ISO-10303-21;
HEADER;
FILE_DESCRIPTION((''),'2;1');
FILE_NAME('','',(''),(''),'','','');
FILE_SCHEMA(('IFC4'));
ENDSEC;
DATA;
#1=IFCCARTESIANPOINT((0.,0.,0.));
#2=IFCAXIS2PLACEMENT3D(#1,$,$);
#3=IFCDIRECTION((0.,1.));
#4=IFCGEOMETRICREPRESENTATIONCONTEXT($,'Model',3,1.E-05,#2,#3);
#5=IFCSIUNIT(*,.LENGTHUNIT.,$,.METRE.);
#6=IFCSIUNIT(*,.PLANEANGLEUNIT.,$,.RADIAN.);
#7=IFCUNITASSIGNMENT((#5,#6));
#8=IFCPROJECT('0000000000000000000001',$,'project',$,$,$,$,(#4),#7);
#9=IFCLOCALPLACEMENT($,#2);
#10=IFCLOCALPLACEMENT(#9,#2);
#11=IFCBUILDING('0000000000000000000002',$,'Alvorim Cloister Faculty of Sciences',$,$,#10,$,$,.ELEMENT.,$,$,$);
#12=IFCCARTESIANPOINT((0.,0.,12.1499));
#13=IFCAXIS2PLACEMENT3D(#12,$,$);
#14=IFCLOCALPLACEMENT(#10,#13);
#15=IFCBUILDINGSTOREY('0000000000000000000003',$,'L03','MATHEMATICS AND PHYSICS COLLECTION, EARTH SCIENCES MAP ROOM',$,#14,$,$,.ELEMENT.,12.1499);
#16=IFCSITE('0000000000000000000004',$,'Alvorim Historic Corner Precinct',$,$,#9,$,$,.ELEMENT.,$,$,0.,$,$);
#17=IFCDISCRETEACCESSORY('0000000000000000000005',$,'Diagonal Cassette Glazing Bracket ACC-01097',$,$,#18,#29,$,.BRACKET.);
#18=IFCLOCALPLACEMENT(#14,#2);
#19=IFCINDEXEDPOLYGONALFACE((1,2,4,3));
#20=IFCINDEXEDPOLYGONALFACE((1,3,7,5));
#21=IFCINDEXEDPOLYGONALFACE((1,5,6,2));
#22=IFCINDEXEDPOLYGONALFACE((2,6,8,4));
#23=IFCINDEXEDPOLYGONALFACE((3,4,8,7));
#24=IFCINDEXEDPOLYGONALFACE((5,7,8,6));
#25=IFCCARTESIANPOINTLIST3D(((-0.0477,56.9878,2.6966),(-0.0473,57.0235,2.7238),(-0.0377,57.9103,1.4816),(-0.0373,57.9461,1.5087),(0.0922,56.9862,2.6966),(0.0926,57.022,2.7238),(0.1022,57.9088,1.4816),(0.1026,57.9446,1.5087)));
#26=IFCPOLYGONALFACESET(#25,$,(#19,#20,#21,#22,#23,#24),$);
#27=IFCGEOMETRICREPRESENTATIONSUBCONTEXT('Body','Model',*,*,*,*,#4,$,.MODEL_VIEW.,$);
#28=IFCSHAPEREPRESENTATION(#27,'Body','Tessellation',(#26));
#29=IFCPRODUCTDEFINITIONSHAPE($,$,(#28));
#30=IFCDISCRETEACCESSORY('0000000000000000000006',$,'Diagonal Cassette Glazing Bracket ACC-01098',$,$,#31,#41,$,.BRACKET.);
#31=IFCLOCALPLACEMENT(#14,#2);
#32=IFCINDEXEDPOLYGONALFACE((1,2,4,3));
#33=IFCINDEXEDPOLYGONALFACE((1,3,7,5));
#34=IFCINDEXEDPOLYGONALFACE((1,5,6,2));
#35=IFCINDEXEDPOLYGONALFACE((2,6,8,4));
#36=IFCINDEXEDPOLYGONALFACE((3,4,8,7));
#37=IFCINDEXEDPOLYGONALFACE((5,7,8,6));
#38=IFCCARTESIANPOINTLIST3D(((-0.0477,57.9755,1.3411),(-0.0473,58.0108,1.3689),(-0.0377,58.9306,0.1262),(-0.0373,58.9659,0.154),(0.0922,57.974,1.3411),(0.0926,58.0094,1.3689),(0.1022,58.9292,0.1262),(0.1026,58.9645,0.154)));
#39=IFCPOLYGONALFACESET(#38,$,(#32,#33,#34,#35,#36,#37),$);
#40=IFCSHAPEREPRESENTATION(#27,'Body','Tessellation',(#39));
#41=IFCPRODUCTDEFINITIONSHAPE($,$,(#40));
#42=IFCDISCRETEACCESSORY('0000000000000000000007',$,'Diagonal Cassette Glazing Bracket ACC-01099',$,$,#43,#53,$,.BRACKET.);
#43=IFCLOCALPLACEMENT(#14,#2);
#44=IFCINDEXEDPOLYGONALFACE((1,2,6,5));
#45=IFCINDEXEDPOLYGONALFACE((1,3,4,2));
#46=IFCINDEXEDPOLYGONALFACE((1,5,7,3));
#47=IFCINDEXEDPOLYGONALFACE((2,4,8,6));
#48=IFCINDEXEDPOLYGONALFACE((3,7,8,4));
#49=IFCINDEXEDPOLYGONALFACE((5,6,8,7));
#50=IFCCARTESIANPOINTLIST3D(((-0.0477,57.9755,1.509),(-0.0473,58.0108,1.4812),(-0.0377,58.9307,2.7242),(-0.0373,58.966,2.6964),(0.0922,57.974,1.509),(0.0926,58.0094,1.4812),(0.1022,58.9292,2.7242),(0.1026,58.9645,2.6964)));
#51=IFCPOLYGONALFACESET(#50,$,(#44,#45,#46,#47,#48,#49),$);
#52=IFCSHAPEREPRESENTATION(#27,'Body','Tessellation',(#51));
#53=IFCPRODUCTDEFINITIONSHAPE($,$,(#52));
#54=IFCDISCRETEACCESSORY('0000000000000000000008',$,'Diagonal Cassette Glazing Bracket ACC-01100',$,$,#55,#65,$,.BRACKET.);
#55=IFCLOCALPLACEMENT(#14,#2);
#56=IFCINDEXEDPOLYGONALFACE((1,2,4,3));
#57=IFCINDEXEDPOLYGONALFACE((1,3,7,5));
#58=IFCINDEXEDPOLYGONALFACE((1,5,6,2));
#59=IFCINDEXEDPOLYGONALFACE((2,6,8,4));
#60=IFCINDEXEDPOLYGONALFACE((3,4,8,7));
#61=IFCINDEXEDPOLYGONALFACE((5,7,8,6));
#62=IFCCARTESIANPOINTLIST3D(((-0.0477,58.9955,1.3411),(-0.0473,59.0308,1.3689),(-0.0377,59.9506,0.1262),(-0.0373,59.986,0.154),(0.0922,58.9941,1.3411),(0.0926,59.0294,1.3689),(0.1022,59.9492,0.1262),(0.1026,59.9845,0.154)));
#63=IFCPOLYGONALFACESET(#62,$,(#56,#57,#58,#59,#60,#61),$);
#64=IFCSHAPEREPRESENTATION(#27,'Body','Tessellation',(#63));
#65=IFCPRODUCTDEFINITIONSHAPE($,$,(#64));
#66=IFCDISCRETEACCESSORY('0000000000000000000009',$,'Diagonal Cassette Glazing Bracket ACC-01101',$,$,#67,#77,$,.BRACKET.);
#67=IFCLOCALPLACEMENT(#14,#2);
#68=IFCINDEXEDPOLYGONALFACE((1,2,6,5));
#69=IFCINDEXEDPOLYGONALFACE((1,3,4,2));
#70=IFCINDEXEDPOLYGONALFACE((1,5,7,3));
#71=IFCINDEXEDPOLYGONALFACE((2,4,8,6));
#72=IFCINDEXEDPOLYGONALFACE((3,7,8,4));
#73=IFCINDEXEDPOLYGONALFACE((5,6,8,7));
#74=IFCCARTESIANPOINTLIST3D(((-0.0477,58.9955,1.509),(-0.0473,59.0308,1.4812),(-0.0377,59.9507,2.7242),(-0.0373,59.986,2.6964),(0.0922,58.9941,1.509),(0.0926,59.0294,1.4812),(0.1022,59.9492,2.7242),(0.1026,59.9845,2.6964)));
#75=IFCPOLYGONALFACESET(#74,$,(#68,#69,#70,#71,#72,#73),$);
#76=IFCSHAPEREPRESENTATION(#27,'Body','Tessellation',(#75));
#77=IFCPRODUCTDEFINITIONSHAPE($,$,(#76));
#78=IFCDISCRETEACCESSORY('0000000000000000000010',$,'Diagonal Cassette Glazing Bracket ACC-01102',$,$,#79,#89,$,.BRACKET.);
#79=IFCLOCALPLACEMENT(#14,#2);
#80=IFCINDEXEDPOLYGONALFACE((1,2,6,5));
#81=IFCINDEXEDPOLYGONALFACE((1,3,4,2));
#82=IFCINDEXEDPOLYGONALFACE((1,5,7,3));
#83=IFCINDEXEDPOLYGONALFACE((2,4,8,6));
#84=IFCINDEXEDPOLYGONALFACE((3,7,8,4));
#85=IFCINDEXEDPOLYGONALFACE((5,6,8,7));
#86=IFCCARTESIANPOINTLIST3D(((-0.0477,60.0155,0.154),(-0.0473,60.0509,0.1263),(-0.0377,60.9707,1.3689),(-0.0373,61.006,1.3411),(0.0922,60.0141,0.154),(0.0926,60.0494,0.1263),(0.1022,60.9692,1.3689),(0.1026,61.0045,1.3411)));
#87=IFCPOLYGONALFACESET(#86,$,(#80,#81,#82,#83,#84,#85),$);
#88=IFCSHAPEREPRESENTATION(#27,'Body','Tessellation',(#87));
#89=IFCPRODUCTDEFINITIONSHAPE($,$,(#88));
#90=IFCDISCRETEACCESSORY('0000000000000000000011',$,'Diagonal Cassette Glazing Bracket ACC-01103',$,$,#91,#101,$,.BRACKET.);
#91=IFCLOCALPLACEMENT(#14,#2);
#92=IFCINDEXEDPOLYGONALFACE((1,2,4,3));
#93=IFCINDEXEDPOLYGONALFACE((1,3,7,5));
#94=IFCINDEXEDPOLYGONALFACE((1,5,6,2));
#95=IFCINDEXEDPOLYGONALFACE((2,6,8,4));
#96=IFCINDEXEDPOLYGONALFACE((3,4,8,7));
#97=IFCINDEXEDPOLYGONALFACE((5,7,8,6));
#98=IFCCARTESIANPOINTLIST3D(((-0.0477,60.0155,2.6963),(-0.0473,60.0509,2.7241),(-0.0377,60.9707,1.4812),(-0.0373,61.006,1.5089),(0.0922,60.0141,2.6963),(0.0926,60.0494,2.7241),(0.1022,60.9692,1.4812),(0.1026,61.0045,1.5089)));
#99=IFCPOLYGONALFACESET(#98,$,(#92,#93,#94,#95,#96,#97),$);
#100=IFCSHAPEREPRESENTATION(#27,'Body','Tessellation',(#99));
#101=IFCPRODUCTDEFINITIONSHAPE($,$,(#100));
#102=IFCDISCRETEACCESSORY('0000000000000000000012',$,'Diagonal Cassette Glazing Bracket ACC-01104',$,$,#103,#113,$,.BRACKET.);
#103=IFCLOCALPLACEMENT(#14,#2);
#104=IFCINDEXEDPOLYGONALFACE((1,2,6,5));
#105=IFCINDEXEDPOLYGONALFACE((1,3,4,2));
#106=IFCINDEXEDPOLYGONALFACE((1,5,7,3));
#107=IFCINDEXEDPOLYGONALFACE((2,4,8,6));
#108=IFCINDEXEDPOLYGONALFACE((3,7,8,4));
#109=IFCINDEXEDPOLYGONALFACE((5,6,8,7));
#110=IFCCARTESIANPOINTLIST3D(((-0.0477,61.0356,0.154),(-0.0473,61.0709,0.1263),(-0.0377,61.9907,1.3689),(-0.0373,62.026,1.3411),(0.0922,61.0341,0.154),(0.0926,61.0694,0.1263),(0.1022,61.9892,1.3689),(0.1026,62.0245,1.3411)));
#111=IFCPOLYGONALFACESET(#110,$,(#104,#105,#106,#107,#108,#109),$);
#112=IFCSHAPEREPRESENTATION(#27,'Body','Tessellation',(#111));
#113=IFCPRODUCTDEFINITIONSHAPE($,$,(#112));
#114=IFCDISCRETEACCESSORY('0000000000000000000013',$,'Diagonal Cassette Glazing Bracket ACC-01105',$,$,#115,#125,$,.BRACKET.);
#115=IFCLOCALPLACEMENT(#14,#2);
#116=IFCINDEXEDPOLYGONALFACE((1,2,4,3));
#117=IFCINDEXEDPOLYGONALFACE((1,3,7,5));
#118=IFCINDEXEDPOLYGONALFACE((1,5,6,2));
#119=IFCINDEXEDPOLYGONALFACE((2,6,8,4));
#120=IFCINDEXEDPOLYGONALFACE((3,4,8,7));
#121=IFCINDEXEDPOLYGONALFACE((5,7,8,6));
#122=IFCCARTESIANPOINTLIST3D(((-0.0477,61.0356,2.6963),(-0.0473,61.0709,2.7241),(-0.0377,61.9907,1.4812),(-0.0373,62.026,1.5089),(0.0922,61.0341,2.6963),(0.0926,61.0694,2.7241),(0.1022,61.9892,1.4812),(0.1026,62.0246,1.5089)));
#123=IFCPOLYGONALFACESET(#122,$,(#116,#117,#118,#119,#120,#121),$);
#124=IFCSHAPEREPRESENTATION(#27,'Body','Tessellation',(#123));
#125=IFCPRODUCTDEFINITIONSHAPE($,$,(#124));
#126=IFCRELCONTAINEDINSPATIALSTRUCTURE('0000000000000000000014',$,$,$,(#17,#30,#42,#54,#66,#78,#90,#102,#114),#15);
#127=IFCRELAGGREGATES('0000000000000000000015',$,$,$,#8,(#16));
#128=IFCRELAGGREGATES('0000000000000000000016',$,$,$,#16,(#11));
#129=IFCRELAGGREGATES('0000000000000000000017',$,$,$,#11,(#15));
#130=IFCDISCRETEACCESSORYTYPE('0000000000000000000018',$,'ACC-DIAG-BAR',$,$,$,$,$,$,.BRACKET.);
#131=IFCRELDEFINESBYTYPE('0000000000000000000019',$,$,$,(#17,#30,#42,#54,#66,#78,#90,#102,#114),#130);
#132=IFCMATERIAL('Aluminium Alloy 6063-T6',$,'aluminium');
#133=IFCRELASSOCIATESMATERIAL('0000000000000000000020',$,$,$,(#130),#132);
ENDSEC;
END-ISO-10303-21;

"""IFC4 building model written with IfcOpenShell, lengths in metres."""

from ifc_helpers import new_model, si_unit, direction, frame, origin, origin_2d, place, context, subcontext, project, spatial, rectangle, extrude, material, type_object, element, save


model = new_model("IFC4")

# Units and contexts
model_context = context("Model", 3, precision=1e-05, world=origin(), true_north=direction((0.0, 1.0)))
body_context = subcontext(model_context, "Body", "Model", "MODEL_VIEW")
ifc_project = project(units=[si_unit("LENGTHUNIT", "METRE"), si_unit("PLANEANGLEUNIT", "RADIAN")], contexts=[model_context])

# Site, building, storey
site_placement = place(None, origin())
site = spatial("IfcSite", under=ifc_project, at=site_placement, Name="Alvorim Historic Corner Precinct", CompositionType="ELEMENT", RefElevation=0.0)
building_placement = place(site_placement, origin())
building = spatial("IfcBuilding", under=site, at=building_placement, Name="Alvorim Cloister Faculty of Sciences", CompositionType="ELEMENT")
storey_placement = place(building_placement, frame((0.0, 0.0, 12.1499)))
storey = spatial("IfcBuildingStorey", under=building, at=storey_placement, Name="L03", Description="MATHEMATICS AND PHYSICS COLLECTION, EARTH SCIENCES MAP ROOM", CompositionType="ELEMENT", Elevation=12.1499)

# Shared definitions
ifc_material_1 = material(Name="Aluminium Alloy 6063-T6", Category="aluminium")

# Discrete accessories
discrete_accessory_type = type_object("IfcDiscreteAccessoryType", Name="ACC-DIAG-BAR", PredefinedType="BRACKET", material=ifc_material_1)
discrete_accessory_1_placement = place(storey_placement, frame((0.0225, 57.0049, 2.7102), z_axis=(0.006561, 0.604713, -0.796416), x_axis=(-0.999941, 0.010849, 0.0)))
element("IfcDiscreteAccessory", 1, at=discrete_accessory_1_placement, inside=storey, type_object=discrete_accessory_type, Name="Diagonal Cassette Glazing Bracket ACC-01097", PredefinedType="BRACKET", context=body_context, shape_type="SweptSolid", body=[
    extrude(rectangle(XDim=0.1399, YDim=0.0449, at=origin_2d()), origin(), (0.0, 0.0, 1.0), 1.5256),
])
discrete_accessory_2_placement = place(storey_placement, frame((0.0225, 57.9924, 1.355), z_axis=(0.006477, 0.618032, -0.786126), x_axis=(-0.999945, 0.01048, 0.0)))
element("IfcDiscreteAccessory", 2, at=discrete_accessory_2_placement, inside=storey, type_object=discrete_accessory_type, Name="Diagonal Cassette Glazing Bracket ACC-01098", PredefinedType="BRACKET", context=body_context, shape_type="SweptSolid", body=[
    extrude(rectangle(XDim=0.1399, YDim=0.0449, at=origin_2d()), origin(), (0.0, 0.0, 1.0), 1.5454),
])
discrete_accessory_3_placement = place(storey_placement, frame((0.0225, 57.9924, 1.4951), z_axis=(0.006477, 0.617955, 0.786187), x_axis=(-0.999945, 0.01048, 0.0)))
element("IfcDiscreteAccessory", 3, at=discrete_accessory_3_placement, inside=storey, type_object=discrete_accessory_type, Name="Diagonal Cassette Glazing Bracket ACC-01099", PredefinedType="BRACKET", context=body_context, shape_type="SweptSolid", body=[
    extrude(rectangle(XDim=0.1399, YDim=0.0449, at=origin_2d()), origin(), (0.0, 0.0, 1.0), 1.5457),
])
discrete_accessory_4_placement = place(storey_placement, frame((0.0225, 59.0125, 1.355), z_axis=(0.006477, 0.618032, -0.786126), x_axis=(-0.999945, 0.01048, 0.0)))
element("IfcDiscreteAccessory", 4, at=discrete_accessory_4_placement, inside=storey, type_object=discrete_accessory_type, Name="Diagonal Cassette Glazing Bracket ACC-01100", PredefinedType="BRACKET", context=body_context, shape_type="SweptSolid", body=[
    extrude(rectangle(XDim=0.1399, YDim=0.0449, at=origin_2d()), origin(), (0.0, 0.0, 1.0), 1.5454),
])
discrete_accessory_5_placement = place(storey_placement, frame((0.0225, 59.0125, 1.4951), z_axis=(0.006477, 0.617955, 0.786187), x_axis=(-0.999945, 0.01048, 0.0)))
element("IfcDiscreteAccessory", 5, at=discrete_accessory_5_placement, inside=storey, type_object=discrete_accessory_type, Name="Diagonal Cassette Glazing Bracket ACC-01101", PredefinedType="BRACKET", context=body_context, shape_type="SweptSolid", body=[
    extrude(rectangle(XDim=0.1399, YDim=0.0449, at=origin_2d()), origin(), (0.0, 0.0, 1.0), 1.5457),
])
discrete_accessory_6_placement = place(storey_placement, frame((0.0225, 60.0325, 0.1401), z_axis=(0.006477, 0.618032, 0.786126), x_axis=(-0.999945, 0.01048, 0.0)))
element("IfcDiscreteAccessory", 6, at=discrete_accessory_6_placement, inside=storey, type_object=discrete_accessory_type, Name="Diagonal Cassette Glazing Bracket ACC-01102", PredefinedType="BRACKET", context=body_context, shape_type="SweptSolid", body=[
    extrude(rectangle(XDim=0.1399, YDim=0.0449, at=origin_2d()), origin(), (0.0, 0.0, 1.0), 1.5454),
])
discrete_accessory_7_placement = place(storey_placement, frame((0.0225, 60.0325, 2.7102), z_axis=(0.006477, 0.617955, -0.786187), x_axis=(-0.999945, 0.01048, 0.0)))
element("IfcDiscreteAccessory", 7, at=discrete_accessory_7_placement, inside=storey, type_object=discrete_accessory_type, Name="Diagonal Cassette Glazing Bracket ACC-01103", PredefinedType="BRACKET", context=body_context, shape_type="SweptSolid", body=[
    extrude(rectangle(XDim=0.1399, YDim=0.0449, at=origin_2d()), origin(), (0.0, 0.0, 1.0), 1.5457),
])
discrete_accessory_8_placement = place(storey_placement, frame((0.0225, 61.0525, 0.1401), z_axis=(0.006477, 0.618032, 0.786126), x_axis=(-0.999945, 0.01048, 0.0)))
element("IfcDiscreteAccessory", 8, at=discrete_accessory_8_placement, inside=storey, type_object=discrete_accessory_type, Name="Diagonal Cassette Glazing Bracket ACC-01104", PredefinedType="BRACKET", context=body_context, shape_type="SweptSolid", body=[
    extrude(rectangle(XDim=0.1399, YDim=0.0449, at=origin_2d()), origin(), (0.0, 0.0, 1.0), 1.5454),
])
discrete_accessory_9_placement = place(storey_placement, frame((0.0225, 61.0525, 2.7102), z_axis=(0.006477, 0.617955, -0.786187), x_axis=(-0.999945, 0.01048, 0.0)))
element("IfcDiscreteAccessory", 9, at=discrete_accessory_9_placement, inside=storey, type_object=discrete_accessory_type, Name="Diagonal Cassette Glazing Bracket ACC-01105", PredefinedType="BRACKET", context=body_context, shape_type="SweptSolid", body=[
    extrude(rectangle(XDim=0.1399, YDim=0.0449, at=origin_2d()), origin(), (0.0, 0.0, 1.0), 1.5457),
])

save(model, "model.ifc")
